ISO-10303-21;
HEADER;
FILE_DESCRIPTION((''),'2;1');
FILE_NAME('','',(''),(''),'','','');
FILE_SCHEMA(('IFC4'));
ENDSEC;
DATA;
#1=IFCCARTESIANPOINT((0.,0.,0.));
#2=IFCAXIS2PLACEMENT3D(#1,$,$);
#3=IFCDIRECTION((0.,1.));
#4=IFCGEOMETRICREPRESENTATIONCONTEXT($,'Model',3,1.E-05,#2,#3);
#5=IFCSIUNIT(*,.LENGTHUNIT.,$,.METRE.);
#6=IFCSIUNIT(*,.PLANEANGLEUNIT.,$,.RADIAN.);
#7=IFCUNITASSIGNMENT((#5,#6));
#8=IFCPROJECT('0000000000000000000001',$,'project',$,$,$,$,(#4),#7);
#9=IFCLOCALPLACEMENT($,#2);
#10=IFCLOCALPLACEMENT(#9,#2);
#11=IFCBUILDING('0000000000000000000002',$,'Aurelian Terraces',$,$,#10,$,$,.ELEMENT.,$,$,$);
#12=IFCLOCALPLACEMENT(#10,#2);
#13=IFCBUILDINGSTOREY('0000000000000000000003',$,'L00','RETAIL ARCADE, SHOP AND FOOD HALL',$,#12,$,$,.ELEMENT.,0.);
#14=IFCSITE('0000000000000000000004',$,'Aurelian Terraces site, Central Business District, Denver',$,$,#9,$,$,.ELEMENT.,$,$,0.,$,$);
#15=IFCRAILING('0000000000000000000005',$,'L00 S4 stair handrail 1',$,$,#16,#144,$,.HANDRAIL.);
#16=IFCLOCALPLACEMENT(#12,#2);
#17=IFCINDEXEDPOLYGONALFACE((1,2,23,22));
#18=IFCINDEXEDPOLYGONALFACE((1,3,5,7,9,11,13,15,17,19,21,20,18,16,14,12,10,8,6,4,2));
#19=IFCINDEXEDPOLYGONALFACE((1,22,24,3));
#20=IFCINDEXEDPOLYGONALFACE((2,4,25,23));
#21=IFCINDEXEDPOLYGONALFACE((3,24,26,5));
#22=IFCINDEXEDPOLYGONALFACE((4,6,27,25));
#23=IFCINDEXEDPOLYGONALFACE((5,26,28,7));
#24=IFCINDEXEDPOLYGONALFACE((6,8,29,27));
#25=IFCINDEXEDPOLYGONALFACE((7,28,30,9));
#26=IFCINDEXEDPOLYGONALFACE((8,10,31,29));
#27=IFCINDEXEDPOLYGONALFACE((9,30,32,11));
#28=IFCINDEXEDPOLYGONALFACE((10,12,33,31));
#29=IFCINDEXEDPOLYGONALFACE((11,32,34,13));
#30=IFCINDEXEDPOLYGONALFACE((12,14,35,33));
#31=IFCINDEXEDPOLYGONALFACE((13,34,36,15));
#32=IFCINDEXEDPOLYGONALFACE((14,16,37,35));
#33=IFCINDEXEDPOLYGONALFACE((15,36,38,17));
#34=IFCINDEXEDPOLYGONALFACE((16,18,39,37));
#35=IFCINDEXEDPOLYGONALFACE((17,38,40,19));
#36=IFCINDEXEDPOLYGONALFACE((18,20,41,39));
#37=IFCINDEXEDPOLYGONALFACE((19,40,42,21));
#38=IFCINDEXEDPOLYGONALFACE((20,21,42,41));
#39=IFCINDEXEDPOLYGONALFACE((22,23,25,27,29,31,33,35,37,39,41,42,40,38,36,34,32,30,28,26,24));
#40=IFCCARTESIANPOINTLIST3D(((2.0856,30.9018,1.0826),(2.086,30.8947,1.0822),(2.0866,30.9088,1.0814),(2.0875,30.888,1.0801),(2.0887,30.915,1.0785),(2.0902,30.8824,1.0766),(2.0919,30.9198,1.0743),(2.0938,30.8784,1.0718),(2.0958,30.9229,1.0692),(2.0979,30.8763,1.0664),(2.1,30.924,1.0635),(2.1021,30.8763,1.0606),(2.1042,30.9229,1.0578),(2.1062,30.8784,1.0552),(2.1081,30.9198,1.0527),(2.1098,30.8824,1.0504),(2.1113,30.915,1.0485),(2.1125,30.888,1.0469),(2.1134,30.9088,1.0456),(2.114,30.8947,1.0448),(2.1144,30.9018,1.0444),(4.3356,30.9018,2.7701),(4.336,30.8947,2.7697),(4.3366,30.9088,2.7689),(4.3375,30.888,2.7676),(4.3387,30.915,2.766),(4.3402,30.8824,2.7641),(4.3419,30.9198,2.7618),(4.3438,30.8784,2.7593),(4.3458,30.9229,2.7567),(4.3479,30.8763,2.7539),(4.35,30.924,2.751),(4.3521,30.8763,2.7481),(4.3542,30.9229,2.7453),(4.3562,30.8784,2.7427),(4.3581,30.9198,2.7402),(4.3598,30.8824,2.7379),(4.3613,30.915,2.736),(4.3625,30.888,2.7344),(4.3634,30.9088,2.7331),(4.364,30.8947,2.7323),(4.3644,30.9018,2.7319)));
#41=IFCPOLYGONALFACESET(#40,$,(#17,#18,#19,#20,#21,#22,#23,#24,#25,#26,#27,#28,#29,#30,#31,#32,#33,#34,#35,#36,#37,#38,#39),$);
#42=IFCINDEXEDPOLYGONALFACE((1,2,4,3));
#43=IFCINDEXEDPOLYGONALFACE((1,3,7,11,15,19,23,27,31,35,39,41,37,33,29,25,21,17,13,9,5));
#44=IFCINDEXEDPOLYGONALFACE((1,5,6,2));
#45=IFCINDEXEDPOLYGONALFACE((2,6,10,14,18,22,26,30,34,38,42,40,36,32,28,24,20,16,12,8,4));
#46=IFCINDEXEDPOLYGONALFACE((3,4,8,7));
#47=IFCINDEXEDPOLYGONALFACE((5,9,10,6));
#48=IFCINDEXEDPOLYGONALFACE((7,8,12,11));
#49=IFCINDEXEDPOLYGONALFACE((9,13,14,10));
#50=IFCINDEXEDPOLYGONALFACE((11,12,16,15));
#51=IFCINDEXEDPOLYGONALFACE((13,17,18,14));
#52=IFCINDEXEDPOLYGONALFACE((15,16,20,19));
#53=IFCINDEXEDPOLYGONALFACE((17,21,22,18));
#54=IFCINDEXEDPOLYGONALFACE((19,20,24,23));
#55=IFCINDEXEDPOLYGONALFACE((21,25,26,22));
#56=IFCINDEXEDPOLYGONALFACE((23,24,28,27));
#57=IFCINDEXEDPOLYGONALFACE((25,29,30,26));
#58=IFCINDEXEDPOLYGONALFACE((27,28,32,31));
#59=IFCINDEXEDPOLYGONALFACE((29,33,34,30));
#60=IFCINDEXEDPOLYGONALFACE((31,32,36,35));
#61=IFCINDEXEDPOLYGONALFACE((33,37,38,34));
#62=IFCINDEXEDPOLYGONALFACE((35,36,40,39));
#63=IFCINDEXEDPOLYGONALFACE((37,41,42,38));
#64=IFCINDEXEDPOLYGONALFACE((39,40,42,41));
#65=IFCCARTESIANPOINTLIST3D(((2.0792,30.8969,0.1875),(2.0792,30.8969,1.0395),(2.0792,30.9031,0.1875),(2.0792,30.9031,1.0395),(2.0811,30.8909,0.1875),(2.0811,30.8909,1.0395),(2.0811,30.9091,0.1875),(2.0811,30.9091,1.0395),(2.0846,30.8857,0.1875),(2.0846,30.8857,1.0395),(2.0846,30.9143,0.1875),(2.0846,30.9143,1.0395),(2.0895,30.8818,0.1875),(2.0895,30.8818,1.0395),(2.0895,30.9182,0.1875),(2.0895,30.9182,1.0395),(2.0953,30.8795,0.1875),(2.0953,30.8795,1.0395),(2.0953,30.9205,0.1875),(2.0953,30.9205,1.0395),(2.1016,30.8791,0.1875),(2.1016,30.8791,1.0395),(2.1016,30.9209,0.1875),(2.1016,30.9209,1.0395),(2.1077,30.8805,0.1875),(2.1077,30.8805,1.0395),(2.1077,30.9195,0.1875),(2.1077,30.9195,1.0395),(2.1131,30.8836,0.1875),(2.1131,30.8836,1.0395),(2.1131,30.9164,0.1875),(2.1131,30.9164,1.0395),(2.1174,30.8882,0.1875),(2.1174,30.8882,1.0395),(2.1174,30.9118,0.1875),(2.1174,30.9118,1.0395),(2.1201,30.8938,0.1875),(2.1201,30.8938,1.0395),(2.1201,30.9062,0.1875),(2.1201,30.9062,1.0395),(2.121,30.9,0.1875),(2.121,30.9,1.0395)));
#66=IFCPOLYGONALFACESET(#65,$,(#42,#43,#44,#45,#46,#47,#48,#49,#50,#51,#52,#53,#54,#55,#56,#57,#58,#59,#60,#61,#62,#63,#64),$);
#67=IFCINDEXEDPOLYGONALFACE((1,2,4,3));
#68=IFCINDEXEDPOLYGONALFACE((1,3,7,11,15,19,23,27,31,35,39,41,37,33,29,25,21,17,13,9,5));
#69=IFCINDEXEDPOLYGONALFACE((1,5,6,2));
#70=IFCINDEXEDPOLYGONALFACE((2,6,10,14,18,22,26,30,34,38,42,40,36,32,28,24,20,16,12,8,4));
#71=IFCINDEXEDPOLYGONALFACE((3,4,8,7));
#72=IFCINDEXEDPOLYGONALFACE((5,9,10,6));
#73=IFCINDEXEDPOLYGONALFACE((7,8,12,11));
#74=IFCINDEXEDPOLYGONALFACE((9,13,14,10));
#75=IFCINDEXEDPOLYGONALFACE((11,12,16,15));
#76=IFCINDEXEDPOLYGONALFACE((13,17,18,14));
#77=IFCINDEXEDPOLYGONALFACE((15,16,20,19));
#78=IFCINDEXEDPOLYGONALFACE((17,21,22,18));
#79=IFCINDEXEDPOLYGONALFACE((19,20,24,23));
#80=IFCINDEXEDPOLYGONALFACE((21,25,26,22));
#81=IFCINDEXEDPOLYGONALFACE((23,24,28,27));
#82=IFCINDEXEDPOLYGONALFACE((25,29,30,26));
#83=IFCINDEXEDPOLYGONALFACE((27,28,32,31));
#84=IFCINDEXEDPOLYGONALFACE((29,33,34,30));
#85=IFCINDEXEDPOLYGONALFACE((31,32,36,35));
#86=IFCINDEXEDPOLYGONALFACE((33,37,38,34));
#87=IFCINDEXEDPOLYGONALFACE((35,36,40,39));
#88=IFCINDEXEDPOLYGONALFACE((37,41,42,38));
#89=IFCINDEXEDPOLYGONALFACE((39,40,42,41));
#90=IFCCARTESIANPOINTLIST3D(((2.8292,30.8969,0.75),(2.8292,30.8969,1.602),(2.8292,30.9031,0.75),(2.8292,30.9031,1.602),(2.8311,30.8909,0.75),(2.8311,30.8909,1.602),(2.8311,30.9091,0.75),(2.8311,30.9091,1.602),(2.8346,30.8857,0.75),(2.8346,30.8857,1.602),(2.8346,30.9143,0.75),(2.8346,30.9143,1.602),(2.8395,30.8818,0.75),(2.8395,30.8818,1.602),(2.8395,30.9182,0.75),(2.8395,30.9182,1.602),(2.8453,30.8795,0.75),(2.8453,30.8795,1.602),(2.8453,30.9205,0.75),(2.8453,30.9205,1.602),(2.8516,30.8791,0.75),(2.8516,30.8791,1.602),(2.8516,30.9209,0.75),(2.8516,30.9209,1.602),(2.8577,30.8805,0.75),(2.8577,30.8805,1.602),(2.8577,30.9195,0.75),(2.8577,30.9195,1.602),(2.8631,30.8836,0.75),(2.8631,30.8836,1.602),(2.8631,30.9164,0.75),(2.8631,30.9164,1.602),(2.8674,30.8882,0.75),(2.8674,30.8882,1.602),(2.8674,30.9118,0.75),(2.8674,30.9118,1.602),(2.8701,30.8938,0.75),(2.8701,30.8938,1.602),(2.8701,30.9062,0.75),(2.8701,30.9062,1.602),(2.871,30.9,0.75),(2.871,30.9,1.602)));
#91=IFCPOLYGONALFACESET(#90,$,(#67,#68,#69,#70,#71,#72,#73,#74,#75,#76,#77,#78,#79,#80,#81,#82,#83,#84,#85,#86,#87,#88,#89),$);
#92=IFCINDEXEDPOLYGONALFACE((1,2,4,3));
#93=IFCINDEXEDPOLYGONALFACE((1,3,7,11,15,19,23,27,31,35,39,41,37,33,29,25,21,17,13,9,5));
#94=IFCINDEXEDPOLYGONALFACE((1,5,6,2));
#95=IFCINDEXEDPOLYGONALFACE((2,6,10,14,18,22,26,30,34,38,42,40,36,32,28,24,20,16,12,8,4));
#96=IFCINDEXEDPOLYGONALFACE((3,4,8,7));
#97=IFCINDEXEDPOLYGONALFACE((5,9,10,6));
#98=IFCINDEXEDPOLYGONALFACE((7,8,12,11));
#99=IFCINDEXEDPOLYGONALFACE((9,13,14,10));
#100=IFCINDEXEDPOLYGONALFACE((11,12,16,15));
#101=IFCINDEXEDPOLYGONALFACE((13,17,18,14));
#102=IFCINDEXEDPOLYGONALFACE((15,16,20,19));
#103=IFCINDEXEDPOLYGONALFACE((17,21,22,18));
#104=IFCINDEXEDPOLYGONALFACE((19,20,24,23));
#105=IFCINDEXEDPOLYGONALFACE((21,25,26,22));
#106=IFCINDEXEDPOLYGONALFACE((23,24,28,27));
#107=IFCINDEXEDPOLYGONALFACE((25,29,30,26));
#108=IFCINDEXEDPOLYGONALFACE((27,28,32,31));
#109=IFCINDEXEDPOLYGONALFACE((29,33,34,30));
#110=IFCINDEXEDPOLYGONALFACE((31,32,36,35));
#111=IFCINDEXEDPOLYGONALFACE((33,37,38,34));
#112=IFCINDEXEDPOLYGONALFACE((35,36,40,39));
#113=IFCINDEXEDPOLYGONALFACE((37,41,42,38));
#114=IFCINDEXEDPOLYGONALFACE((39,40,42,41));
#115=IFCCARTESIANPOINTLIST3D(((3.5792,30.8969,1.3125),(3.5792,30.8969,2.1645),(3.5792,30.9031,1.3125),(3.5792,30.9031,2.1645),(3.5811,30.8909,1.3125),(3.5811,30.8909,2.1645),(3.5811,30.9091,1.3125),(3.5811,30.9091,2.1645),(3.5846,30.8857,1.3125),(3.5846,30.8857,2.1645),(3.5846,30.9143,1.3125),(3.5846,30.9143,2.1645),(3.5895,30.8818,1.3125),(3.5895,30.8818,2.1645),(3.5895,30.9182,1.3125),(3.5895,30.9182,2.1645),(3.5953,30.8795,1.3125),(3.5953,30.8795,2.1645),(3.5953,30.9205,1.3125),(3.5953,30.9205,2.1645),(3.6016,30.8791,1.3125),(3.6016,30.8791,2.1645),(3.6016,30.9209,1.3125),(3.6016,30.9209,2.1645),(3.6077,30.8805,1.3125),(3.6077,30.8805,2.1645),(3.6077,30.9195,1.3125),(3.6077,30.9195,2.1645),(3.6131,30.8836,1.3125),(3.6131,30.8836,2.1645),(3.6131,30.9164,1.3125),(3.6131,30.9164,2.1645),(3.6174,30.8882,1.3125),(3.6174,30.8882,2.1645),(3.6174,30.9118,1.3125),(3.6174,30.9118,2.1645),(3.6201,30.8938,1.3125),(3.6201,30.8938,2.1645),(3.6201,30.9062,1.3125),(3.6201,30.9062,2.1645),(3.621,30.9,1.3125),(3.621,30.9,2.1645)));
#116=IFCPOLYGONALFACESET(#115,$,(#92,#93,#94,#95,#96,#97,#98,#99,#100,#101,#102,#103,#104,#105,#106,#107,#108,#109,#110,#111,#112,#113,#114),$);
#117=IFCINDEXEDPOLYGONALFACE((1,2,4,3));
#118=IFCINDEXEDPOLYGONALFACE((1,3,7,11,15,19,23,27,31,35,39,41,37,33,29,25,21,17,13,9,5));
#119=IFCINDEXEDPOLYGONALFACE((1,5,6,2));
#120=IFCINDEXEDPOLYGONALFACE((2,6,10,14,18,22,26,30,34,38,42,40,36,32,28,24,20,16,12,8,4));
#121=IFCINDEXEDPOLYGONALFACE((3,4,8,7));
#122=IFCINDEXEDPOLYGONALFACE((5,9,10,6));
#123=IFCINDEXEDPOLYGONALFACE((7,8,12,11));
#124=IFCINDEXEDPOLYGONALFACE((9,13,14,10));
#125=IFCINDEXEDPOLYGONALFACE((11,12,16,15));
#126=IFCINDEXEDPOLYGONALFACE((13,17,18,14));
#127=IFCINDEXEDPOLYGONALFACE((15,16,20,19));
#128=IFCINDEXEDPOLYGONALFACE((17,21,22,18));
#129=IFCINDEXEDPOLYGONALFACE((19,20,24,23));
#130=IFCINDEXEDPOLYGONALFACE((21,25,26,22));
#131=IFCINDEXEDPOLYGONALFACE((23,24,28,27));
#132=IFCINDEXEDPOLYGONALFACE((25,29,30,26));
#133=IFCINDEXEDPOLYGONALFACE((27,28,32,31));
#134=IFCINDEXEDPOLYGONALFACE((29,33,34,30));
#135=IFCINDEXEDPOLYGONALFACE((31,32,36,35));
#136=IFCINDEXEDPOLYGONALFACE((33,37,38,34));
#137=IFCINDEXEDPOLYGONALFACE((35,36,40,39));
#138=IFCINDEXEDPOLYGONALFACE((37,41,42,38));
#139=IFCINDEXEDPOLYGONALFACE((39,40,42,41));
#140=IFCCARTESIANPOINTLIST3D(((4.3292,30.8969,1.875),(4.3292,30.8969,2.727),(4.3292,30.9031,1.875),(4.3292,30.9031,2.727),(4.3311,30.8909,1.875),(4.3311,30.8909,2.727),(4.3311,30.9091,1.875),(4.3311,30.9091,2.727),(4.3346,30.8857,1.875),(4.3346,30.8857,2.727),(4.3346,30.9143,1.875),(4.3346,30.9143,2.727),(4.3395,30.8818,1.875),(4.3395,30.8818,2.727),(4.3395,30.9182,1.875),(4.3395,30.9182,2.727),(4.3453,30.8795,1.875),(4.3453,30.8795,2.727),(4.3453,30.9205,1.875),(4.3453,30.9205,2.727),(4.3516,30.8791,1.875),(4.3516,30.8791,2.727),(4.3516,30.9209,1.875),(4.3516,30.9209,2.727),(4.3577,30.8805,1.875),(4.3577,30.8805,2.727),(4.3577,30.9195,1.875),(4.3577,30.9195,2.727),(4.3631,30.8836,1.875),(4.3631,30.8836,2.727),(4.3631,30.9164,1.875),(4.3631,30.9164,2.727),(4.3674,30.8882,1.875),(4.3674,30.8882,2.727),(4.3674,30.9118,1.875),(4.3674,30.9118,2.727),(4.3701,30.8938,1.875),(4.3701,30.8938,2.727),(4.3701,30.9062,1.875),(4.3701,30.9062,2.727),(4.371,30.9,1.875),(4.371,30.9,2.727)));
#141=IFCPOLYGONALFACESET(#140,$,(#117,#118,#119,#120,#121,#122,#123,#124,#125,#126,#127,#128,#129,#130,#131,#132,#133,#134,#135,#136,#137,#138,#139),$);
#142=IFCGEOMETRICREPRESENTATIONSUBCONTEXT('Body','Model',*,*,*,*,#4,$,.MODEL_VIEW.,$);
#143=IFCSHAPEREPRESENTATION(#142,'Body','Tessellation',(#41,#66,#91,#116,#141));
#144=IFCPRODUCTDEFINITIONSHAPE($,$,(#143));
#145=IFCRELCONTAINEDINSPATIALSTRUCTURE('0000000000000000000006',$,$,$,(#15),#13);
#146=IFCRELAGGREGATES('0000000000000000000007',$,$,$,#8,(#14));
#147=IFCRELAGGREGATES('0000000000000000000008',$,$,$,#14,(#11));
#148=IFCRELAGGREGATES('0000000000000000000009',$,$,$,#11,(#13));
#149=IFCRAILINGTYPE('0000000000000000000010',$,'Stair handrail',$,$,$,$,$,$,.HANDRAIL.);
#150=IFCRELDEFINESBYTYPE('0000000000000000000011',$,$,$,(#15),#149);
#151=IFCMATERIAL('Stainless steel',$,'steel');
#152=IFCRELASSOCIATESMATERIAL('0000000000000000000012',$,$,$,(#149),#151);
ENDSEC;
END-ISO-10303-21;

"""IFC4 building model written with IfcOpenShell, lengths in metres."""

from ifc_helpers import new_model, si_unit, direction, frame, origin, origin_2d, place, context, subcontext, project, spatial, circle, extrude, source, transform, mapped, material, type_object, element, save


model = new_model("IFC4")

# Units and contexts
model_context = context("Model", 3, precision=1e-05, world=origin(), true_north=direction((0.0, 1.0)))
body_context = subcontext(model_context, "Body", "Model", "MODEL_VIEW")
ifc_project = project(units=[si_unit("LENGTHUNIT", "METRE"), si_unit("PLANEANGLEUNIT", "RADIAN")], contexts=[model_context])

# Site, building, storey
site_placement = place(None, origin())
site = spatial("IfcSite", under=ifc_project, at=site_placement, Name="Aurelian Terraces site, Central Business District, Denver", CompositionType="ELEMENT", RefElevation=0.0)
building_placement = place(site_placement, origin())
building = spatial("IfcBuilding", under=site, at=building_placement, Name="Aurelian Terraces", CompositionType="ELEMENT")
storey_placement = place(building_placement, origin())
storey = spatial("IfcBuildingStorey", under=building, at=storey_placement, Name="L00", Description="RETAIL ARCADE, SHOP AND FOOD HALL", CompositionType="ELEMENT", Elevation=0.0)

# Railing
ifc_material_1 = material(Name="Stainless steel", Category="steel")
railing_type_1 = type_object("IfcRailingType", Name="Stair handrail", PredefinedType="HANDRAIL", material=ifc_material_1)
shared_shape_1 = source(origin(), body_context, "Body", "SweptSolid", [
    extrude(circle(Radius=0.024, at=origin_2d()), frame((0.0, 0.0, 0.876), z_axis=(0.8, 0.0, 0.6), x_axis=(0.0, 1.0, 0.0)), (0.0, 0.0, 1.0), 2.8125),
    extrude(circle(Radius=0.021, at=origin_2d()), origin(), (0.0, 0.0, 1.0), 0.852),
    extrude(circle(Radius=0.021, at=origin_2d()), frame((0.75, 0.0, 0.5625)), (0.0, 0.0, 1.0), 0.852),
    extrude(circle(Radius=0.021, at=origin_2d()), frame((1.5, 0.0, 1.125)), (0.0, 0.0, 1.0), 0.852),
    extrude(circle(Radius=0.021, at=origin_2d()), frame((2.25, 0.0, 1.6875)), (0.0, 0.0, 1.0), 0.852),
])
for number, where, name in (
    (1, (2.1, 30.9, 0.1875), "L00 S4 stair handrail 1"),
):
    element("IfcRailing", number, at=place(storey_placement, frame(where)), inside=storey, type_object=railing_type_1, Name=name, PredefinedType="HANDRAIL", context=body_context, shape_type="MappedRepresentation", body=[
        mapped(shared_shape_1, transform((0.0, 0.0, 0.0), scale=1.0)),
    ])

save(model, "model.ifc")
